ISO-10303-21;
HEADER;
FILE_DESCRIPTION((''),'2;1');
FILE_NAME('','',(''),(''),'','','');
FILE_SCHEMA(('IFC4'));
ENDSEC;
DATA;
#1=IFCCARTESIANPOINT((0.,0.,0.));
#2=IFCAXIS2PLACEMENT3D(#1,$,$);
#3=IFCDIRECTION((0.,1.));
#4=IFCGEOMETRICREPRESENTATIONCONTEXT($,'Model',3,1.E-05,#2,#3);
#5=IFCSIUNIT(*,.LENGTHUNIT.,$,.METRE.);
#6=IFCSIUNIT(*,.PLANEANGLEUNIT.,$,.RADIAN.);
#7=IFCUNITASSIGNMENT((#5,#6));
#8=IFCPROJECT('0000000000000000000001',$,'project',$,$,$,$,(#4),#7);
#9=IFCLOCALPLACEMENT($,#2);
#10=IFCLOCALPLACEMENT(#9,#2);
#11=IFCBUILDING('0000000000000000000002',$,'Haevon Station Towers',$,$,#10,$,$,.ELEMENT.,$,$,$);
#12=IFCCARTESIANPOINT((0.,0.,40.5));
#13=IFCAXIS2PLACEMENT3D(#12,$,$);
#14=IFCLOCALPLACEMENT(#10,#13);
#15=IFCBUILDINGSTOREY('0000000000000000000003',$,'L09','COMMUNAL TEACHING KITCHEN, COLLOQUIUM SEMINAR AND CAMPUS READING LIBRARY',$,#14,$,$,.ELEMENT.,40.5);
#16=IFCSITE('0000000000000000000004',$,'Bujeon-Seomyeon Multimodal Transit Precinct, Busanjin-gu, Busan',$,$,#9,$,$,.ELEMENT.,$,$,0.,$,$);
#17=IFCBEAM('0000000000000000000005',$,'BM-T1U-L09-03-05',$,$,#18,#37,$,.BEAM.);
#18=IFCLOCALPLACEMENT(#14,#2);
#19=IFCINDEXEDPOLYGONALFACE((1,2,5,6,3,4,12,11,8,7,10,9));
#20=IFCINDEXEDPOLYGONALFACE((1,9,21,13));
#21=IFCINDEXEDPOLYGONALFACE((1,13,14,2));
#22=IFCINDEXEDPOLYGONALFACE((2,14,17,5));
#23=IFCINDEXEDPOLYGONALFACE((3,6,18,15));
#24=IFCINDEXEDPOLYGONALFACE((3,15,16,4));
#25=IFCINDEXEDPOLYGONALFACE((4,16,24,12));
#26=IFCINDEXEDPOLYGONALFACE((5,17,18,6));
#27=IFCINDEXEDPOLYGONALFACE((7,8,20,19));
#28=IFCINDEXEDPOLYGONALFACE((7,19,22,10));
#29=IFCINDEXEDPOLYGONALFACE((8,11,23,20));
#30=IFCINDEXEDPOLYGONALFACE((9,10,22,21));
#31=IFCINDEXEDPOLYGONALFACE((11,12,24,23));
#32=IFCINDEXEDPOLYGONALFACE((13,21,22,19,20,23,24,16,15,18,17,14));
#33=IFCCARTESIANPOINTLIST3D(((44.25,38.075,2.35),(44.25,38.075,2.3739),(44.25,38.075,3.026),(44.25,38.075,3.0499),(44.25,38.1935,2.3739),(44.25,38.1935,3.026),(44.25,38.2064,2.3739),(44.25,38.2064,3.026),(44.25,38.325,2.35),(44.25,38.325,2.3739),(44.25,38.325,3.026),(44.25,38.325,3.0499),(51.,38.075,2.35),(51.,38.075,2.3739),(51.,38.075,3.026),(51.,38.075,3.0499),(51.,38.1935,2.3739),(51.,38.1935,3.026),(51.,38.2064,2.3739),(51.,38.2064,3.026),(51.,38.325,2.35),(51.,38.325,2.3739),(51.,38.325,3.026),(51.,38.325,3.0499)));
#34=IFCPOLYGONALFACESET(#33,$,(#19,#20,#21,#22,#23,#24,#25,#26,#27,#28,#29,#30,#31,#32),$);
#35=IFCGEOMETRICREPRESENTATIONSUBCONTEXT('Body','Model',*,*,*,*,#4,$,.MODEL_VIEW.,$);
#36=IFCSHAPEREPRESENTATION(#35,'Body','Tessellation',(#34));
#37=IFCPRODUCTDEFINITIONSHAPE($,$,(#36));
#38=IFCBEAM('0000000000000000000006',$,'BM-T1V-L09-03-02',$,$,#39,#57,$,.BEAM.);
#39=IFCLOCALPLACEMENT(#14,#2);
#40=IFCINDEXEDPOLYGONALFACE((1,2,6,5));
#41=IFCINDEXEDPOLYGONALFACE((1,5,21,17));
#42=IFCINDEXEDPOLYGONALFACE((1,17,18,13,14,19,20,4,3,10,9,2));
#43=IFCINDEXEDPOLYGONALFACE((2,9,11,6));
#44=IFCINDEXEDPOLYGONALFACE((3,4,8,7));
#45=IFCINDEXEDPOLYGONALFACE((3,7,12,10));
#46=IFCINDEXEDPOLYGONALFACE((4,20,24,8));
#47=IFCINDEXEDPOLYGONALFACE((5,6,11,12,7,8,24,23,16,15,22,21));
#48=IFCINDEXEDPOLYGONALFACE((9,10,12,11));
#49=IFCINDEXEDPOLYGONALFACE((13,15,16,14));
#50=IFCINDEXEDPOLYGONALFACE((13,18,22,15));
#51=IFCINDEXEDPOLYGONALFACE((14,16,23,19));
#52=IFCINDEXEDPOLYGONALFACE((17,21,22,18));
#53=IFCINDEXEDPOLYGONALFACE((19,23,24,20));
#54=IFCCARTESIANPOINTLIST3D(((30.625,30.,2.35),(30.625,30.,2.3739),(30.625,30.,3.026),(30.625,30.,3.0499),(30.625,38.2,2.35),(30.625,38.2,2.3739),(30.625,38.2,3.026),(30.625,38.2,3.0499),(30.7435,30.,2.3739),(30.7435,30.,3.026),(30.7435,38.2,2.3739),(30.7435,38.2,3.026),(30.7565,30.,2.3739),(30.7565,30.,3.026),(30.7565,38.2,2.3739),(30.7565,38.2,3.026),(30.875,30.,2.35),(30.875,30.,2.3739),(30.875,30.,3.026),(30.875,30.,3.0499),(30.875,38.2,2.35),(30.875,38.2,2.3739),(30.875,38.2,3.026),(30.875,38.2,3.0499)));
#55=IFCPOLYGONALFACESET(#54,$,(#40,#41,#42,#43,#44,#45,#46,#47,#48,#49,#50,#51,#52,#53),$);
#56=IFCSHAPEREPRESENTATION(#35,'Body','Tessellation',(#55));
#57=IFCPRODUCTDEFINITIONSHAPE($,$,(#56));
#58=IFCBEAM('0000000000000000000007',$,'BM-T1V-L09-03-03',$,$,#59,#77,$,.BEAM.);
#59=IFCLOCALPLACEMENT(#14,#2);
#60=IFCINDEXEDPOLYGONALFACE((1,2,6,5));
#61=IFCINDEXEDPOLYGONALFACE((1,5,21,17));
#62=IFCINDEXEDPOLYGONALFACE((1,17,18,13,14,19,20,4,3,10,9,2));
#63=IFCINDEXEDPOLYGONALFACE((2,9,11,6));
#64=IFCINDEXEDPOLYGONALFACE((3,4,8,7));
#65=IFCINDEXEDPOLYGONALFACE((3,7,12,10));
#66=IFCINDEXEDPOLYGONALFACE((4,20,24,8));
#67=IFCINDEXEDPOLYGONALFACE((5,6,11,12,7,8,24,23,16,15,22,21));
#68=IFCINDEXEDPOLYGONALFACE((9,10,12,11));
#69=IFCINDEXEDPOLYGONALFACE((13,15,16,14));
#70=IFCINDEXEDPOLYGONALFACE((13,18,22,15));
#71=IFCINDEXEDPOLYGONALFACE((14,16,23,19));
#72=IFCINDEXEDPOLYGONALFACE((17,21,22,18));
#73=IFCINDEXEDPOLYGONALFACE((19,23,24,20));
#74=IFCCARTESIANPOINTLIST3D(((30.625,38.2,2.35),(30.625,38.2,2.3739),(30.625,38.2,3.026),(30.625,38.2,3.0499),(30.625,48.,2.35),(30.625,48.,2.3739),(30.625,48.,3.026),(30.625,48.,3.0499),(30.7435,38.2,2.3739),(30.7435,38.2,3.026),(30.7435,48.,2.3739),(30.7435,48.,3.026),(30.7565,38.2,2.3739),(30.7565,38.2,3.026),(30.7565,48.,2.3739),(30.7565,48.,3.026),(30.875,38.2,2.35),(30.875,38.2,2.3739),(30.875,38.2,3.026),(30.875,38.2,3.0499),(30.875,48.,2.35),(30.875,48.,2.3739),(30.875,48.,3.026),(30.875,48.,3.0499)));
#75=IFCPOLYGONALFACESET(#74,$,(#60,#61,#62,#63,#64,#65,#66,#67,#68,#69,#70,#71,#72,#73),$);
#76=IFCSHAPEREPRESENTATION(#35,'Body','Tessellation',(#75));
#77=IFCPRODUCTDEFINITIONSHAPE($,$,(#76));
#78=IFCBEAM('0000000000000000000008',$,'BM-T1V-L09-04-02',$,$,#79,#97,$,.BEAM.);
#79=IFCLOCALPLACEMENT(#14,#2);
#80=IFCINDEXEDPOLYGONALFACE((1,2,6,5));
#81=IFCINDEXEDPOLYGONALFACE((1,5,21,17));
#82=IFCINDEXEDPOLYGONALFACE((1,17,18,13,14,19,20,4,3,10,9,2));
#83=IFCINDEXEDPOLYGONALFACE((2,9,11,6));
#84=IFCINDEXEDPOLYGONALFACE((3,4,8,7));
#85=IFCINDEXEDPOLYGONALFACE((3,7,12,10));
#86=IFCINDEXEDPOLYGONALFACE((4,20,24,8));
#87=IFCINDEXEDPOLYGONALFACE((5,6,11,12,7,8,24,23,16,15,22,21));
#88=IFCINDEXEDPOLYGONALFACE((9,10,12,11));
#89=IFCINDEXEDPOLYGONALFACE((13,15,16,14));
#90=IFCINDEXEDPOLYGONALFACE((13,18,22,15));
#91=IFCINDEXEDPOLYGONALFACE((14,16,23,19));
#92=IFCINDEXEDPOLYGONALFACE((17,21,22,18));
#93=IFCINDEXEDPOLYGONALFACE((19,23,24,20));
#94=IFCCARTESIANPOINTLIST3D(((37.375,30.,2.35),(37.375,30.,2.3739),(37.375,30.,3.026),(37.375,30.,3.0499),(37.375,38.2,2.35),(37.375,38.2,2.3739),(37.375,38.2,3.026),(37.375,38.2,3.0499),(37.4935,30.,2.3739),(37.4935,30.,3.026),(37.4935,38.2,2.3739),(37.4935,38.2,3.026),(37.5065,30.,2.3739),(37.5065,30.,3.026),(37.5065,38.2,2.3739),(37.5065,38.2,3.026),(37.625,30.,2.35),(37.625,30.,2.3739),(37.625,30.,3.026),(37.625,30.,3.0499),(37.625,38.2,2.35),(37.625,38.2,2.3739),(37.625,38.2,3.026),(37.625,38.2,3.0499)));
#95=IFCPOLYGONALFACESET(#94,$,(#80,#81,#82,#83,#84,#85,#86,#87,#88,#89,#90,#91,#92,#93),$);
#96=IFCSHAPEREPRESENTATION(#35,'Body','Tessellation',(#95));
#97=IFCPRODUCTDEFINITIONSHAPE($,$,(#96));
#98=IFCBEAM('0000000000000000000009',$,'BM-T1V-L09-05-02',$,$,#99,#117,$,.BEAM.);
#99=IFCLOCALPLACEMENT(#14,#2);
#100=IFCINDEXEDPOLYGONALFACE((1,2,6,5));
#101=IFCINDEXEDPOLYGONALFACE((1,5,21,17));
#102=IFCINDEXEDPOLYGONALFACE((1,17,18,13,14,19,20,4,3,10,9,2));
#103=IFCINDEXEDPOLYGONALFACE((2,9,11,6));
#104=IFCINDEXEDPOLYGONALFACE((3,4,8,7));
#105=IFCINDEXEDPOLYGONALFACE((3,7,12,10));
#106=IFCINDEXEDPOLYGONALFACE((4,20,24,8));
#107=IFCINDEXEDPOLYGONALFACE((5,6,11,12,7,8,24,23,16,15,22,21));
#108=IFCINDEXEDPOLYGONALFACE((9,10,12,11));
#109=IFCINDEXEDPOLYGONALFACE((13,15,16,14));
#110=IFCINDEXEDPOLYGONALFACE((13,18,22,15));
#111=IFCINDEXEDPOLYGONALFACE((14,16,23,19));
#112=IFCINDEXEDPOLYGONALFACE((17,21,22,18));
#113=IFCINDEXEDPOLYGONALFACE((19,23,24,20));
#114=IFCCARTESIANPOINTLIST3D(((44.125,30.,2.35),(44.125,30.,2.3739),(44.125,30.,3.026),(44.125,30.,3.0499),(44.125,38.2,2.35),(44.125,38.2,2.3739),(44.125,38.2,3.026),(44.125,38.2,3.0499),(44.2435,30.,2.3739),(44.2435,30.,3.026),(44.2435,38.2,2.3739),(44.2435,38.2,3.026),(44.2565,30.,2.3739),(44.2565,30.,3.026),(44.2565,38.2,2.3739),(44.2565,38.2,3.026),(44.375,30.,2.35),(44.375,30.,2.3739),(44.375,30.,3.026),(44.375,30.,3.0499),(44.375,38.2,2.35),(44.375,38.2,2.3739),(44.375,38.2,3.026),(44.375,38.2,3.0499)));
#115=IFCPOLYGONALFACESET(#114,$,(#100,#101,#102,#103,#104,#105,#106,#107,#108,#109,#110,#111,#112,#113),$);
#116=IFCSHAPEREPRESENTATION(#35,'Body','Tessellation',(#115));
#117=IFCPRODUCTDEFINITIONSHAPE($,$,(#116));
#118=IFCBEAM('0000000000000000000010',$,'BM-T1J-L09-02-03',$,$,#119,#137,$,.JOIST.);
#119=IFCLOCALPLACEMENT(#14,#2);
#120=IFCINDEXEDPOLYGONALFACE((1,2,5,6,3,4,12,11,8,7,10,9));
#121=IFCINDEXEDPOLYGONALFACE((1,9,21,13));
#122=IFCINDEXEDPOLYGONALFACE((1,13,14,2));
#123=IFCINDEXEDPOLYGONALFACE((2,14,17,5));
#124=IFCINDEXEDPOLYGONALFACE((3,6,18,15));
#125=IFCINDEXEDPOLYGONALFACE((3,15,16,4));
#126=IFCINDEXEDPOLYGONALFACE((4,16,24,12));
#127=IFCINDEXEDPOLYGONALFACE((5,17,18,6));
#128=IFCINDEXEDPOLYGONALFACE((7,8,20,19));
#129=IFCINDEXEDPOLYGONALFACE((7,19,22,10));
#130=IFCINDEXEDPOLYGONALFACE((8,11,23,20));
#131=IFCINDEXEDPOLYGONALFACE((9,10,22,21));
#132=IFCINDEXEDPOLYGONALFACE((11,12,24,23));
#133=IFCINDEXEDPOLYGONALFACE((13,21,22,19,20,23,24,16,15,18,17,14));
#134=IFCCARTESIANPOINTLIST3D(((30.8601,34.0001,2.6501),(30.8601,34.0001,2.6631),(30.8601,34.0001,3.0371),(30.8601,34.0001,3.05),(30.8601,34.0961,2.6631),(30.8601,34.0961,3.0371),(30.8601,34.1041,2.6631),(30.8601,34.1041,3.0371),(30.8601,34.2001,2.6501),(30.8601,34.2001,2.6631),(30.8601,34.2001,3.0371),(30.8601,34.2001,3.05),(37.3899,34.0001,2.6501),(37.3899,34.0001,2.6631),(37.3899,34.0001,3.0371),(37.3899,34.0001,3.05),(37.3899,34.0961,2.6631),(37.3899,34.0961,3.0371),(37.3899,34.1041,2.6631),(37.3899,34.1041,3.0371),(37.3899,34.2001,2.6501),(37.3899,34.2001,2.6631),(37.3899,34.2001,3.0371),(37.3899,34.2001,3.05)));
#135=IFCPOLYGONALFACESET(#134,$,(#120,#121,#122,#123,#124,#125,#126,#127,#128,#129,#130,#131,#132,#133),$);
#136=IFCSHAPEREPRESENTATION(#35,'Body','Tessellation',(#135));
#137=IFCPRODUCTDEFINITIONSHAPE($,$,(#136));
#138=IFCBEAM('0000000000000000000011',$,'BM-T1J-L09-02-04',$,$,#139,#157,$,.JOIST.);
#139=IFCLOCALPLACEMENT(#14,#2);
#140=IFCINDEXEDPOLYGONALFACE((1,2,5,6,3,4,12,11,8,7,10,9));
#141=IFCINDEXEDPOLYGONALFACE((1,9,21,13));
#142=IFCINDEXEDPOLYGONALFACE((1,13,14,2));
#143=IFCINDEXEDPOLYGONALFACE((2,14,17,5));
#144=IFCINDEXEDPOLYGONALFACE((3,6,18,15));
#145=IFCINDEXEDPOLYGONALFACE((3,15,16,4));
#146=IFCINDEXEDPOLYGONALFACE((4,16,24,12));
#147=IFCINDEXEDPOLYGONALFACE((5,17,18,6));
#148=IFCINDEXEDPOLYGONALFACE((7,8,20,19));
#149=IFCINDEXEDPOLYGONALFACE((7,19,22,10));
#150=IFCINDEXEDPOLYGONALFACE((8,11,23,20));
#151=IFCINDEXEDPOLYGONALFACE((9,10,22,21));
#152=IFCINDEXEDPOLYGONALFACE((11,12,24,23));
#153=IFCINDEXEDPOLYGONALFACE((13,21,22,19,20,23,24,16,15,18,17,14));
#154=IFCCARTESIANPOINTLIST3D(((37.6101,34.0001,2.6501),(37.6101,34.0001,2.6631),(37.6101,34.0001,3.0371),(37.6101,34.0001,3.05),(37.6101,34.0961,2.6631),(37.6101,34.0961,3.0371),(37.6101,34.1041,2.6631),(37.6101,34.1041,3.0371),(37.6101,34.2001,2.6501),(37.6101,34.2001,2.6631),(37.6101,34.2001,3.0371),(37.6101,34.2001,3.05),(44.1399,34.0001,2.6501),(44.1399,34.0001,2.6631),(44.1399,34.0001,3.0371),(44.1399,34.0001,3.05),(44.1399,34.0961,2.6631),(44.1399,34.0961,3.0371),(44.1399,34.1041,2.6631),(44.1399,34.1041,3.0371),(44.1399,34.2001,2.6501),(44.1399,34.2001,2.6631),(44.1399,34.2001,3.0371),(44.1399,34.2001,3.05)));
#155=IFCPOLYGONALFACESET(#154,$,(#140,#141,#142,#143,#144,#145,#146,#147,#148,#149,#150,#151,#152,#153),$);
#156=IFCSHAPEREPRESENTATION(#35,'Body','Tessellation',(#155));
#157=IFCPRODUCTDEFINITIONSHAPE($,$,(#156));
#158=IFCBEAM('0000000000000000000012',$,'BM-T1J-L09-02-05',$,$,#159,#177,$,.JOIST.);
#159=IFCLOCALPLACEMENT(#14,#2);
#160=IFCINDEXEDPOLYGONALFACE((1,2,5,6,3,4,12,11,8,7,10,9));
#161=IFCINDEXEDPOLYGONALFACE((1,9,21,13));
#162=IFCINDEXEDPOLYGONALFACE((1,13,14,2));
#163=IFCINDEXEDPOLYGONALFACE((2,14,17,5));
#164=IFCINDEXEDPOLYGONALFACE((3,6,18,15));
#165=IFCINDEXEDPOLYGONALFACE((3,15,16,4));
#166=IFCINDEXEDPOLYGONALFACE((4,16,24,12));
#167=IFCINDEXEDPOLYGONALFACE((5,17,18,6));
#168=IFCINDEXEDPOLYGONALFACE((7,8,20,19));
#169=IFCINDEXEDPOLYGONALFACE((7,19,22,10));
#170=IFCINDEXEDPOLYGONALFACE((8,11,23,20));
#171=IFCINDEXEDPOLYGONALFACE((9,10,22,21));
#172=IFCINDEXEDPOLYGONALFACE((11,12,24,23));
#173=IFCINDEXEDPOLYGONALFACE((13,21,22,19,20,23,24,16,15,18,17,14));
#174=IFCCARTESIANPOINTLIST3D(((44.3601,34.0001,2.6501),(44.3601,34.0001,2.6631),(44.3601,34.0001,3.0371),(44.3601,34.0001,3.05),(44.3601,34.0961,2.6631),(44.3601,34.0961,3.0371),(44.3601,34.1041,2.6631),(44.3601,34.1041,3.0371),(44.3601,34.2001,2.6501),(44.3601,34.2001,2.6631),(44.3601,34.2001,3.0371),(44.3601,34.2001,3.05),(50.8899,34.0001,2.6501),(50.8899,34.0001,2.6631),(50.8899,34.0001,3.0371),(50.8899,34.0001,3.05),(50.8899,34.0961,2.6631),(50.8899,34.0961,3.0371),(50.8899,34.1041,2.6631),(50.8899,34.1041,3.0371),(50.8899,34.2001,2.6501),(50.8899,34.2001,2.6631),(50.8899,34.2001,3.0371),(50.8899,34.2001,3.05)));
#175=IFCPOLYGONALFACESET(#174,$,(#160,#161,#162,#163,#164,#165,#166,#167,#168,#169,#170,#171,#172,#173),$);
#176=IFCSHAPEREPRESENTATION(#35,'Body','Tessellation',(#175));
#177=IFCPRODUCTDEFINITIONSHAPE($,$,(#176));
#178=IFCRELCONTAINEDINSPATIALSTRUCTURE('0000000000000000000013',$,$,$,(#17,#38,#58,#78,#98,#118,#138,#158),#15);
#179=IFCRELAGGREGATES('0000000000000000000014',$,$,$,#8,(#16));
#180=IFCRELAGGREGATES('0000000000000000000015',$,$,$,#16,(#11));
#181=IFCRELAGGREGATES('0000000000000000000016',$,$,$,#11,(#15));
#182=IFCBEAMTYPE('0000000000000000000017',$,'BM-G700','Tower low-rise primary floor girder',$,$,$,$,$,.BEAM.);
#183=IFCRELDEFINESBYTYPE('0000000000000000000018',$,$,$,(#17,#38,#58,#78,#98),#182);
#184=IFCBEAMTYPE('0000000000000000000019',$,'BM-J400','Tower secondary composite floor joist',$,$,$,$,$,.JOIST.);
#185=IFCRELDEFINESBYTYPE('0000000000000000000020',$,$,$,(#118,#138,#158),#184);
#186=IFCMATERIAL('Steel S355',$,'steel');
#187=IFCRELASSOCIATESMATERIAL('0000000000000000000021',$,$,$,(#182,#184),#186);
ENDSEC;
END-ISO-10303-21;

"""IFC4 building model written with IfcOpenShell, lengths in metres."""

from ifc_helpers import new_model, si_unit, direction, frame, origin, origin_2d, place, context, subcontext, project, spatial, i_section, extrude, material, material_profile, profile_set, type_object, element, save


model = new_model("IFC4")

# Units and contexts
model_context = context("Model", 3, precision=1e-05, world=origin(), true_north=direction((0.0, 1.0)))
body_context = subcontext(model_context, "Body", "Model", "MODEL_VIEW")
ifc_project = project(units=[si_unit("LENGTHUNIT", "METRE"), si_unit("PLANEANGLEUNIT", "RADIAN")], contexts=[model_context])

# Site, building, storey
site_placement = place(None, origin())
site = spatial("IfcSite", under=ifc_project, at=site_placement, Name="Bujeon-Seomyeon Multimodal Transit Precinct, Busanjin-gu, Busan", CompositionType="ELEMENT", RefElevation=0.0)
building_placement = place(site_placement, origin())
building = spatial("IfcBuilding", under=site, at=building_placement, Name="Haevon Station Towers", CompositionType="ELEMENT")
storey_placement = place(building_placement, frame((0.0, 0.0, 40.5)))
storey = spatial("IfcBuildingStorey", under=building, at=storey_placement, Name="L09", Description="COMMUNAL TEACHING KITCHEN, COLLOQUIUM SEMINAR AND CAMPUS READING LIBRARY", CompositionType="ELEMENT", Elevation=40.5)

# Beams
ifc_material_1 = material(Name="Steel S355", Category="steel")
ifc_material_profile_1 = material_profile(ifc_material_1, i_section(OverallWidth=0.25, OverallDepth=0.7, WebThickness=0.0129, FlangeThickness=0.0239, at=origin_2d()), Name="H-700x250x13x24")
ifc_profile_set_1 = profile_set([ifc_material_profile_1], Name="Steel S355")
beam_type_1 = type_object("IfcBeamType", Name="BM-G700", Description="Tower low-rise primary floor girder", PredefinedType="BEAM", material=ifc_profile_set_1)
for number, where, z_axis, x_axis, name in (
    (1, (44.25, 38.2, 2.7), (1.0, 0.0, 0.0), (0.0, 1.0, 0.0), "BM-T1U-L09-03-05"),
):
    element("IfcBeam", number, at=place(storey_placement, frame(where, z_axis=z_axis, x_axis=x_axis)), inside=storey, type_object=beam_type_1, Name=name, PredefinedType="BEAM", context=body_context, shape_type="SweptSolid", body=[
        extrude(i_section(OverallWidth=0.25, OverallDepth=0.7, WebThickness=0.0129, FlangeThickness=0.0239, at=origin_2d()), origin(), (0.0, 0.0, 1.0), 6.75),
    ])
beam_1_placement = place(storey_placement, frame((30.75, 30.0, 2.7), z_axis=(0.0, 1.0, 0.0), x_axis=(-1.0, 0.0, 0.0)))
element("IfcBeam", 2, at=beam_1_placement, inside=storey, type_object=beam_type_1, Name="BM-T1V-L09-03-02", PredefinedType="BEAM", context=body_context, shape_type="SweptSolid", body=[
    extrude(i_section(OverallWidth=0.25, OverallDepth=0.7, WebThickness=0.0129, FlangeThickness=0.0239, at=origin_2d()), origin(), (0.0, 0.0, 1.0), 8.2),
])
beam_2_placement = place(storey_placement, frame((30.75, 38.2, 2.7), z_axis=(0.0, 1.0, 0.0), x_axis=(-1.0, 0.0, 0.0)))
element("IfcBeam", 3, at=beam_2_placement, inside=storey, type_object=beam_type_1, Name="BM-T1V-L09-03-03", PredefinedType="BEAM", context=body_context, shape_type="SweptSolid", body=[
    extrude(i_section(OverallWidth=0.25, OverallDepth=0.7, WebThickness=0.0129, FlangeThickness=0.0239, at=origin_2d()), origin(), (0.0, 0.0, 1.0), 9.8),
])
for number, where, z_axis, x_axis, name in (
    (4, (37.5, 30.0, 2.7), (0.0, 1.0, 0.0), (-1.0, 0.0, 0.0), "BM-T1V-L09-04-02"),
    (5, (44.25, 30.0, 2.7), (0.0, 1.0, 0.0), (-1.0, 0.0, 0.0), "BM-T1V-L09-05-02"),
):
    element("IfcBeam", number, at=place(storey_placement, frame(where, z_axis=z_axis, x_axis=x_axis)), inside=storey, type_object=beam_type_1, Name=name, PredefinedType="BEAM", context=body_context, shape_type="SweptSolid", body=[
        extrude(i_section(OverallWidth=0.25, OverallDepth=0.7, WebThickness=0.0129, FlangeThickness=0.0239, at=origin_2d()), origin(), (0.0, 0.0, 1.0), 8.2),
    ])
ifc_material_profile_2 = material_profile(ifc_material_1, i_section(OverallWidth=0.2, OverallDepth=0.3999, WebThickness=0.0081, FlangeThickness=0.0129, at=origin_2d()), Name="H-400x200x8x13")
ifc_profile_set_2 = profile_set([ifc_material_profile_2], Name="Steel S355")
beam_type_2 = type_object("IfcBeamType", Name="BM-J400", Description="Tower secondary composite floor joist", PredefinedType="JOIST", material=ifc_profile_set_2)
for number, where, z_axis, x_axis, name in (
    (6, (30.8601, 34.1001, 2.8501), (1.0, 0.0, 0.0), (0.0, 1.0, 0.0), "BM-T1J-L09-02-03"),
    (7, (37.6101, 34.1001, 2.8501), (1.0, 0.0, 0.0), (0.0, 1.0, 0.0), "BM-T1J-L09-02-04"),
    (8, (44.3601, 34.1001, 2.8501), (1.0, 0.0, 0.0), (0.0, 1.0, 0.0), "BM-T1J-L09-02-05"),
):
    element("IfcBeam", number, at=place(storey_placement, frame(where, z_axis=z_axis, x_axis=x_axis)), inside=storey, type_object=beam_type_2, Name=name, PredefinedType="JOIST", context=body_context, shape_type="SweptSolid", body=[
        extrude(i_section(OverallWidth=0.2, OverallDepth=0.3999, WebThickness=0.0081, FlangeThickness=0.0129, at=origin_2d()), origin(), (0.0, 0.0, 1.0), 6.5298),
    ])

save(model, "model.ifc")
